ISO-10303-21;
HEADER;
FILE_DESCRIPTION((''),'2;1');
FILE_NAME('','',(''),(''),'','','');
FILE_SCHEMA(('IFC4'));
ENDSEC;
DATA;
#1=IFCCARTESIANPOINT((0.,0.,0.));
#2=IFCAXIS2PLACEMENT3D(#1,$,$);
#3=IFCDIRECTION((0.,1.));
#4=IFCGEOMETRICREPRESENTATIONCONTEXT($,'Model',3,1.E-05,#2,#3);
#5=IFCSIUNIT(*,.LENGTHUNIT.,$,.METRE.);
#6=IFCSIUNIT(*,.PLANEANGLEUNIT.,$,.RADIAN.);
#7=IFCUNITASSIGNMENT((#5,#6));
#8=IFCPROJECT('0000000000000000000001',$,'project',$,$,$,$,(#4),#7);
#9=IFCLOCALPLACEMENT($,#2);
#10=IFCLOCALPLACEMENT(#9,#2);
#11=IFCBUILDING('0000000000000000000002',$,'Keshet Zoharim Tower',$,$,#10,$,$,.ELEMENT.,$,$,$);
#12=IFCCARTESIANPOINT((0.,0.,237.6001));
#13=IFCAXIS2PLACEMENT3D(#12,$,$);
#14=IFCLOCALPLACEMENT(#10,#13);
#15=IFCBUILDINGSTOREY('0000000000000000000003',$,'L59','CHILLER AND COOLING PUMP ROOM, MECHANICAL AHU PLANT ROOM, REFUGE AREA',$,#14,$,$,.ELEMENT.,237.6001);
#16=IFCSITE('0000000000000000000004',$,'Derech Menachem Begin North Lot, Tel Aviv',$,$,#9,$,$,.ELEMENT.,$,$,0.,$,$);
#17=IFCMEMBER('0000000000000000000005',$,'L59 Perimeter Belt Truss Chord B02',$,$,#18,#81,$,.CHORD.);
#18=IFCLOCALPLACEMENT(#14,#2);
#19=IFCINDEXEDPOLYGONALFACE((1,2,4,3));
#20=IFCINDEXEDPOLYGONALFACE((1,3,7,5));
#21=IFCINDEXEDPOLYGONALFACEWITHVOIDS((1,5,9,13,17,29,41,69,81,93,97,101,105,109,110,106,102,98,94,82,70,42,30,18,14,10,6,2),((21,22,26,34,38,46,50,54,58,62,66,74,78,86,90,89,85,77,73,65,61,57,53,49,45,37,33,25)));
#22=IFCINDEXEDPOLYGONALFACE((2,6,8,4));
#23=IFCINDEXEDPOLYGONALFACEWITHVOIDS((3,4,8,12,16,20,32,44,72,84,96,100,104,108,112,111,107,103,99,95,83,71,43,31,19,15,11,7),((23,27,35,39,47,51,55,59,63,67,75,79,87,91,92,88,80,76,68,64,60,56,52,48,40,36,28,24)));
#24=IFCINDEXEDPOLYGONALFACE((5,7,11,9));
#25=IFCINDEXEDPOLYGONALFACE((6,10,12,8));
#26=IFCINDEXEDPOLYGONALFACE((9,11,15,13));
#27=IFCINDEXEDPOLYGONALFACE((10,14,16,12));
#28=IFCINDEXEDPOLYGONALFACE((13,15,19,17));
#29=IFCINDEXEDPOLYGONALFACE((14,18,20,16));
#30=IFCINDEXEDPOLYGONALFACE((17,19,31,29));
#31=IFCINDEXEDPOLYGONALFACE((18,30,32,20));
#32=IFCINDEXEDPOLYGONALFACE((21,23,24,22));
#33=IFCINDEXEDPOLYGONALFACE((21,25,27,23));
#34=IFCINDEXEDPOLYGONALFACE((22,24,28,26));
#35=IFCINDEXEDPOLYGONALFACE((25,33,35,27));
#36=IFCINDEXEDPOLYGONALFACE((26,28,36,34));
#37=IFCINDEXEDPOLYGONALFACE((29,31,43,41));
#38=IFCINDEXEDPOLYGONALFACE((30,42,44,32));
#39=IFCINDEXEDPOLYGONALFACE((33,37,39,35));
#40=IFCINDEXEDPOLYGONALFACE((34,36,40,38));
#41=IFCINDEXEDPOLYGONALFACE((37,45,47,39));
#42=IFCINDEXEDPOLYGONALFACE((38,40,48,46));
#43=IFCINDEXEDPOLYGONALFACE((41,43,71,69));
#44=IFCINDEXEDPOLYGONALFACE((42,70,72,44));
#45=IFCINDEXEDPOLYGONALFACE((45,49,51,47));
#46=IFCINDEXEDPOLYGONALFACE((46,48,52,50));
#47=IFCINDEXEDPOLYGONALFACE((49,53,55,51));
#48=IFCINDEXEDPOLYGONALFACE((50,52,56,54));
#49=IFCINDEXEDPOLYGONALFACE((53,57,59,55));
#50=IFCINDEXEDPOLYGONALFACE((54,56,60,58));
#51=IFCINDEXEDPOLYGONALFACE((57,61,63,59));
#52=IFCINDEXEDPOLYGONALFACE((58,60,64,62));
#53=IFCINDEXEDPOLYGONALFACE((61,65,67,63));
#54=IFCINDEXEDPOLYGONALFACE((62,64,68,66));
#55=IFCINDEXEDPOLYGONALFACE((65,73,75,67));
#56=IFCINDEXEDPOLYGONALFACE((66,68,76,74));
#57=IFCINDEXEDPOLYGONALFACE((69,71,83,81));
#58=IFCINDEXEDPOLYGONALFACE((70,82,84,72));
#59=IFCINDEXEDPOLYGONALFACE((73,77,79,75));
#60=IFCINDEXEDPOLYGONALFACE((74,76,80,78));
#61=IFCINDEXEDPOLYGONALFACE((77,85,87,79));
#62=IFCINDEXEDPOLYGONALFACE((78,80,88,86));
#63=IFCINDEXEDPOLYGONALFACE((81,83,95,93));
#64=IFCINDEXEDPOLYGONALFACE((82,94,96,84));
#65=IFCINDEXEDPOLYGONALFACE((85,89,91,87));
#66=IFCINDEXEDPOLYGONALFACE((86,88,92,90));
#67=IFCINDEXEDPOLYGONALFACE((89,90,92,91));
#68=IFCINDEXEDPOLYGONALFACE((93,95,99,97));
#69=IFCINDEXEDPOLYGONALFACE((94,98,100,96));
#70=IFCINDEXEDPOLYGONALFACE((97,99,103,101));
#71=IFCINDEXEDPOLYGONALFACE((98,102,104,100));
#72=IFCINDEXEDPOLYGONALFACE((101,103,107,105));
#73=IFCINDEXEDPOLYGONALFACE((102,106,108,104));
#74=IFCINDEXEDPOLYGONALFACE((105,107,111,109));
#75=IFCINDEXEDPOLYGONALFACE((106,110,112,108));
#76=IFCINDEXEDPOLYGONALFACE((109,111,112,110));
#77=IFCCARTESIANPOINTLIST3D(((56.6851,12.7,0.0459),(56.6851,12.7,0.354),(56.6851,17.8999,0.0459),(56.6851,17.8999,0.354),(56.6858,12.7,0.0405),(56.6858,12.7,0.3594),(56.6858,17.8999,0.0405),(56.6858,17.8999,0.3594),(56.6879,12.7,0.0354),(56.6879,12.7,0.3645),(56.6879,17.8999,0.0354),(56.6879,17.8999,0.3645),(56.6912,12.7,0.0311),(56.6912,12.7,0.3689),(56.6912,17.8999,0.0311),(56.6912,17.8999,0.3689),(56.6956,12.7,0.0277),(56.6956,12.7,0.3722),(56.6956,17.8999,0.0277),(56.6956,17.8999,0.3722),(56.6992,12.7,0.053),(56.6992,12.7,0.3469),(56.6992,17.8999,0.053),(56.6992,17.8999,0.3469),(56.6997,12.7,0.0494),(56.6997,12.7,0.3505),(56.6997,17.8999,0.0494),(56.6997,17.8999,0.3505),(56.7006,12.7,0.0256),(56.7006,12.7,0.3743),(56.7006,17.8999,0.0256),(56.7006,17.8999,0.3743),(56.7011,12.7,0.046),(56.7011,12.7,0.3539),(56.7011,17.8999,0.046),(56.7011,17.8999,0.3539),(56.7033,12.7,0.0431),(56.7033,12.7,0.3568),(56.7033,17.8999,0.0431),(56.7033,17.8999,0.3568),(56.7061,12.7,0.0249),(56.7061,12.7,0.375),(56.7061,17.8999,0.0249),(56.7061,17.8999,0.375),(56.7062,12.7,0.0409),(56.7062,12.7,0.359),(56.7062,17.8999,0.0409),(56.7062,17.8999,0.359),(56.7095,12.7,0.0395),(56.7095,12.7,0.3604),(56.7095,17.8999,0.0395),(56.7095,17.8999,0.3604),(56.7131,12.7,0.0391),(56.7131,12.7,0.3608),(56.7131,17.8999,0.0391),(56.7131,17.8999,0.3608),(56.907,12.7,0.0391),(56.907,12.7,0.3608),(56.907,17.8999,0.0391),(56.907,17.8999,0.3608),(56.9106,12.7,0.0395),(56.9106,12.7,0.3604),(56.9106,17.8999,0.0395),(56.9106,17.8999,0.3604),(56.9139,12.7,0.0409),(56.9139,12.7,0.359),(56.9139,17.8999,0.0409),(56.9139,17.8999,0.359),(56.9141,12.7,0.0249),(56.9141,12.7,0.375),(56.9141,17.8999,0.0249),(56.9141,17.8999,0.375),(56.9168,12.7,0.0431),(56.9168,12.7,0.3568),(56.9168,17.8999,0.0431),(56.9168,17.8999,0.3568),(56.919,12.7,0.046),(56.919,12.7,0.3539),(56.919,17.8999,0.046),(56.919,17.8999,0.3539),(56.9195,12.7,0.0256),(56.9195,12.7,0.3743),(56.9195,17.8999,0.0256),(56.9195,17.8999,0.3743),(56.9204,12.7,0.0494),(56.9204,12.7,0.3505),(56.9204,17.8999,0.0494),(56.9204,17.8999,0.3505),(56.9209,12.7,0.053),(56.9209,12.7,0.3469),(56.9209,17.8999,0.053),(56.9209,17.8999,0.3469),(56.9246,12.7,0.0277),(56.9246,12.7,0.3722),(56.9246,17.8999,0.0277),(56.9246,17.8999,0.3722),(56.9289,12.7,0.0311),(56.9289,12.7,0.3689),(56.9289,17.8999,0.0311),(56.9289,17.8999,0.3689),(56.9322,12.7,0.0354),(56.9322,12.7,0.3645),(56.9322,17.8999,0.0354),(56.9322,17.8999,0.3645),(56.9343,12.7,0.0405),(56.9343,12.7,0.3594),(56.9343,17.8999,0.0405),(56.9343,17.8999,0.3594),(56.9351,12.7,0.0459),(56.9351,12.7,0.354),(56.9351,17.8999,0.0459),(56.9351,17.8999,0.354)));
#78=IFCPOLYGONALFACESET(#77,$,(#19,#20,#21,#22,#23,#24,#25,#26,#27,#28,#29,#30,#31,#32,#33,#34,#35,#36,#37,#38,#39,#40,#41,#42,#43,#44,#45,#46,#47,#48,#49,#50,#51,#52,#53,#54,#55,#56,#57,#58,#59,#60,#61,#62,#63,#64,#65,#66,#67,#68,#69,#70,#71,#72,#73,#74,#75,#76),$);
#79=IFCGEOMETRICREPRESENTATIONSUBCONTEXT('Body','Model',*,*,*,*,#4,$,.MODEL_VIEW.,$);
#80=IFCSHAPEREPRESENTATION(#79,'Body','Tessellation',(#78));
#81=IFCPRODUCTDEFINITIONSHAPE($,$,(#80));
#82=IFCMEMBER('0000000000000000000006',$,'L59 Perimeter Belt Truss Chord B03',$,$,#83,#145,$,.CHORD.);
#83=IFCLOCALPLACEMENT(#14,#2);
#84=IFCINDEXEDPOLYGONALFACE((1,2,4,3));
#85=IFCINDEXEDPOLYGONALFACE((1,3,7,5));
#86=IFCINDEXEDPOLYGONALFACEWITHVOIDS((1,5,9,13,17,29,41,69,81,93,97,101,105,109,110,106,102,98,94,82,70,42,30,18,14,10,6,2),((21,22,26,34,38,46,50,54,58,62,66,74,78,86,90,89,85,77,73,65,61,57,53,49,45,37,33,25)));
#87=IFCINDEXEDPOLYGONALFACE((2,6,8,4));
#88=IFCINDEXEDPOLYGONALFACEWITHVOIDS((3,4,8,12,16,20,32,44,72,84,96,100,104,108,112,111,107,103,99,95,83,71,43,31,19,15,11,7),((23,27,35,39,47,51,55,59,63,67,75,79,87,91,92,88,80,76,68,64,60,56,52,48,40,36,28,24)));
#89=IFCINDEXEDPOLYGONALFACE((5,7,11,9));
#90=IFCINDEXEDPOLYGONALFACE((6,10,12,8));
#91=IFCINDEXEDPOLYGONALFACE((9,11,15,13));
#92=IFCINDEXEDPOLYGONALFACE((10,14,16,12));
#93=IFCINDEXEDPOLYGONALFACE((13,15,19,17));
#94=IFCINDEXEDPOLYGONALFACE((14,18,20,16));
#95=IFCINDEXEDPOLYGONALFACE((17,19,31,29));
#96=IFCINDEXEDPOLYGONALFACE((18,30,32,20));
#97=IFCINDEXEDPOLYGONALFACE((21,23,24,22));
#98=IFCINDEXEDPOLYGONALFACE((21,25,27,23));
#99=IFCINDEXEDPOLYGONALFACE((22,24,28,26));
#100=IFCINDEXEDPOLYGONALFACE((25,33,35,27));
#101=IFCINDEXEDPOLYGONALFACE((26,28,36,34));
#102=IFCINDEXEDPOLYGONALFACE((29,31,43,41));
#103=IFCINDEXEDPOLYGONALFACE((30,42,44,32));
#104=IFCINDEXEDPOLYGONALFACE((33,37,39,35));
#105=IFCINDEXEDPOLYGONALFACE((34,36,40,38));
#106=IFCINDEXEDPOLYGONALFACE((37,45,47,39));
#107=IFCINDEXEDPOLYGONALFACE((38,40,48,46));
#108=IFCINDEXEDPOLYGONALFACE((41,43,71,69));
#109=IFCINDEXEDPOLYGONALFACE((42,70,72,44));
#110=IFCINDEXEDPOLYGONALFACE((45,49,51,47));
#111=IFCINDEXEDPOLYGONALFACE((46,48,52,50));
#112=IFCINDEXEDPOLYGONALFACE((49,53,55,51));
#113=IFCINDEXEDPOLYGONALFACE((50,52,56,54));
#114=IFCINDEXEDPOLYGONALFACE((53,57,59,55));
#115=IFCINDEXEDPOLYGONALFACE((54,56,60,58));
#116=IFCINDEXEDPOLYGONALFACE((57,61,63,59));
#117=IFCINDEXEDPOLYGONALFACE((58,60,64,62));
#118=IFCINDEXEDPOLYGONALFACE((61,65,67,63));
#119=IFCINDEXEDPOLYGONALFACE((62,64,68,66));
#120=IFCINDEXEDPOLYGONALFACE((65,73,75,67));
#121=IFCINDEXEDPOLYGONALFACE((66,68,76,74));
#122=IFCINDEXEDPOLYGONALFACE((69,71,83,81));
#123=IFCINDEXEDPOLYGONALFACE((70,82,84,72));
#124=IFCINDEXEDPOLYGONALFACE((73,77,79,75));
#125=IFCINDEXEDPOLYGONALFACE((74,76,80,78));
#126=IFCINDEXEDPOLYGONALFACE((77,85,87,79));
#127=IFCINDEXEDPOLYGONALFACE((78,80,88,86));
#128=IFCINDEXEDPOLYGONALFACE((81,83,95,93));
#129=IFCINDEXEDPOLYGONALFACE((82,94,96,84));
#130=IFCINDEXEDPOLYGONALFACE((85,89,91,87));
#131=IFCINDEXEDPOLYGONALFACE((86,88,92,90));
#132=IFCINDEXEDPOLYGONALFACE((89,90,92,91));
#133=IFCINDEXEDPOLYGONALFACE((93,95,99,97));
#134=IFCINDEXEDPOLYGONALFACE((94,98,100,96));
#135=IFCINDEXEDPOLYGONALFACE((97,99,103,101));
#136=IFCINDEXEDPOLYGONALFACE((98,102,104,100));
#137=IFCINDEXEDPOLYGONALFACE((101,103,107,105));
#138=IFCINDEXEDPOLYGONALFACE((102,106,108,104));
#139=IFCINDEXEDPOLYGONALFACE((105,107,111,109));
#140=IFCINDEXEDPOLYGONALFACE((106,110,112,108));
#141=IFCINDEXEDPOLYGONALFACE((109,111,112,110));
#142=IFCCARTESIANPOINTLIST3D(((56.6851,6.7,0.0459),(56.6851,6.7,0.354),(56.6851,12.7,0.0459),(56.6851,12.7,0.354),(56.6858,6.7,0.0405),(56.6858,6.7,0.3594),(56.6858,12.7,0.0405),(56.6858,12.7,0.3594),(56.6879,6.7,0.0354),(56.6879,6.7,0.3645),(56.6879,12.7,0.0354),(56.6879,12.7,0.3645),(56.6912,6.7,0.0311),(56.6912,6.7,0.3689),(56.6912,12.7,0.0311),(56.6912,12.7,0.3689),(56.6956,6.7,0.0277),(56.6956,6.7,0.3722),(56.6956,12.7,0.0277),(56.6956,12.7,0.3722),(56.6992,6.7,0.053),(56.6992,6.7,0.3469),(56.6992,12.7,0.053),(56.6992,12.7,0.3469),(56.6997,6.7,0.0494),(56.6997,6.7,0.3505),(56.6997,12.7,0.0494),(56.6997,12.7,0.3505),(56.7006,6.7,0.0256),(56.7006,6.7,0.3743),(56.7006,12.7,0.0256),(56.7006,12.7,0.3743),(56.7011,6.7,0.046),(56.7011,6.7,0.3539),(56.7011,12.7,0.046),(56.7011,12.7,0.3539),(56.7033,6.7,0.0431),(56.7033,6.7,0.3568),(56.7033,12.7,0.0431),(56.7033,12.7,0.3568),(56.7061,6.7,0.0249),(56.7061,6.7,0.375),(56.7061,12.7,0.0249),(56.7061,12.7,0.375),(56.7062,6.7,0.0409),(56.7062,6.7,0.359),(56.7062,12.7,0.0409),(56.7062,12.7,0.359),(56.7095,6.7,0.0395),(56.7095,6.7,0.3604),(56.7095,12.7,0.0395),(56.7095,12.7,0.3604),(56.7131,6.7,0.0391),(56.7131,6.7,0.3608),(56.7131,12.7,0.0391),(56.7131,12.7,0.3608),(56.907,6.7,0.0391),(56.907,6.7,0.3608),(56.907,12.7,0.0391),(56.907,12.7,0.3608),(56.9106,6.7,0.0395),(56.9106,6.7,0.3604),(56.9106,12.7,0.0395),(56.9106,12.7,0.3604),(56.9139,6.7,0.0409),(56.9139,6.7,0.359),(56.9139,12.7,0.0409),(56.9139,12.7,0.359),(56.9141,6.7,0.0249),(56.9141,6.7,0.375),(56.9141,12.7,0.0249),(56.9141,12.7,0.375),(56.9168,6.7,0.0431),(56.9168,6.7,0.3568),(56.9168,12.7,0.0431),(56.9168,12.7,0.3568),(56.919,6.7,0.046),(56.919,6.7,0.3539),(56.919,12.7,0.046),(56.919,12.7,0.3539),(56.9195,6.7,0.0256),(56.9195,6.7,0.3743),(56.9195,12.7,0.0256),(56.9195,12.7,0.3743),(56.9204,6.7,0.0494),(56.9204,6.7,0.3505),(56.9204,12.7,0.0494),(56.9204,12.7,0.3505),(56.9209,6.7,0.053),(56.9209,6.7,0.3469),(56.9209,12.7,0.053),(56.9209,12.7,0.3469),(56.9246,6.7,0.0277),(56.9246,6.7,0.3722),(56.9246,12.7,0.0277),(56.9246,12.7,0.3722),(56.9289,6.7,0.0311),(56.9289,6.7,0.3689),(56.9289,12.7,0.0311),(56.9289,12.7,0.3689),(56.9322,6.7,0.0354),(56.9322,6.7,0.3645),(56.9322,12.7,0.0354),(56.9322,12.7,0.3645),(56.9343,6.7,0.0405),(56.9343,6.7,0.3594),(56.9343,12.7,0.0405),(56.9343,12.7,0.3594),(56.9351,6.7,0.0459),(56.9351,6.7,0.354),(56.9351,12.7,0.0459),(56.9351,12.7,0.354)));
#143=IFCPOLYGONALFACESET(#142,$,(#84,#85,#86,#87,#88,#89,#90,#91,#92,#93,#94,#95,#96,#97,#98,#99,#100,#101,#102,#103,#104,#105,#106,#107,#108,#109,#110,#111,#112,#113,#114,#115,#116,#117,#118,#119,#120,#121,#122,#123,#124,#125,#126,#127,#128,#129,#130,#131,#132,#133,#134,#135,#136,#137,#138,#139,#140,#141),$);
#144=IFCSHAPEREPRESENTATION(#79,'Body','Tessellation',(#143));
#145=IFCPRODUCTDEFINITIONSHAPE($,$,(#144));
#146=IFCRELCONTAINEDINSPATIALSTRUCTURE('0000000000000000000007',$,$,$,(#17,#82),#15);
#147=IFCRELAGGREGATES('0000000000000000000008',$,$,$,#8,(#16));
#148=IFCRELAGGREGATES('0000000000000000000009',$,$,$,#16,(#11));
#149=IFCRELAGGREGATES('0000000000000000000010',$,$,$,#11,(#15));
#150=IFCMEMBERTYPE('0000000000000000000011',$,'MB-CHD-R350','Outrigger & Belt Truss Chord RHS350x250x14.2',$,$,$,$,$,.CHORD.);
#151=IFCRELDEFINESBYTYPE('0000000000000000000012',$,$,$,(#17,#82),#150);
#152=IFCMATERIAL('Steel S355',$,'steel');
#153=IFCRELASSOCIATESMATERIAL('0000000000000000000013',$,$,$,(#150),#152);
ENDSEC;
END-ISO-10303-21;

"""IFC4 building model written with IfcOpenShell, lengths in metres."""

from ifc_helpers import new_model, si_unit, direction, frame, origin, origin_2d, place, context, subcontext, project, spatial, hollow_rectangle, extrude, material, material_profile, profile_set, type_object, element, save


model = new_model("IFC4")

# Units and contexts
model_context = context("Model", 3, precision=1e-05, world=origin(), true_north=direction((0.0, 1.0)))
body_context = subcontext(model_context, "Body", "Model", "MODEL_VIEW")
ifc_project = project(units=[si_unit("LENGTHUNIT", "METRE"), si_unit("PLANEANGLEUNIT", "RADIAN")], contexts=[model_context])

# Site, building, storey
site_placement = place(None, origin())
site = spatial("IfcSite", under=ifc_project, at=site_placement, Name="Derech Menachem Begin North Lot, Tel Aviv", CompositionType="ELEMENT", RefElevation=0.0)
building_placement = place(site_placement, origin())
building = spatial("IfcBuilding", under=site, at=building_placement, Name="Keshet Zoharim Tower", CompositionType="ELEMENT")
storey_placement = place(building_placement, frame((0.0, 0.0, 237.6001)))
storey = spatial("IfcBuildingStorey", under=building, at=storey_placement, Name="L59", Description="CHILLER AND COOLING PUMP ROOM, MECHANICAL AHU PLANT ROOM, REFUGE AREA", CompositionType="ELEMENT", Elevation=237.6001)

# Shared definitions
ifc_material_1 = material(Name="Steel S355", Category="steel")

# Members
ifc_material_profile_1 = material_profile(ifc_material_1, hollow_rectangle(XDim=0.25, YDim=0.3501, WallThickness=0.0142, InnerFilletRadius=0.0139, OuterFilletRadius=0.021, at=origin_2d()), Name="RHS350x250x14.2")
ifc_profile_set_1 = profile_set([ifc_material_profile_1], Name="Steel S355")
member_type_1 = type_object("IfcMemberType", Name="MB-CHD-R350", Description="Outrigger & Belt Truss Chord RHS350x250x14.2", PredefinedType="CHORD", material=ifc_profile_set_1)
member_1_placement = place(storey_placement, frame((56.8101, 17.8999, 0.2), z_axis=(0.0, -1.0, 0.0), x_axis=(1.0, 0.0, 0.0)))
element("IfcMember", 1, at=member_1_placement, inside=storey, type_object=member_type_1, Name="L59 Perimeter Belt Truss Chord B02", PredefinedType="CHORD", context=body_context, shape_type="SweptSolid", body=[
    extrude(hollow_rectangle(XDim=0.25, YDim=0.3501, WallThickness=0.0142, InnerFilletRadius=0.0139, OuterFilletRadius=0.021, at=origin_2d()), origin(), (0.0, 0.0, 1.0), 5.2),
])
for number, where, z_axis, x_axis, name in (
    (2, (56.8101, 12.7, 0.2), (0.0, -1.0, 0.0), (1.0, 0.0, 0.0), "L59 Perimeter Belt Truss Chord B03"),
):
    element("IfcMember", number, at=place(storey_placement, frame(where, z_axis=z_axis, x_axis=x_axis)), inside=storey, type_object=member_type_1, Name=name, PredefinedType="CHORD", context=body_context, shape_type="SweptSolid", body=[
        extrude(hollow_rectangle(XDim=0.25, YDim=0.3501, WallThickness=0.0142, InnerFilletRadius=0.0139, OuterFilletRadius=0.021, at=origin_2d()), origin(), (0.0, 0.0, 1.0), 6.0),
    ])

save(model, "model.ifc")
